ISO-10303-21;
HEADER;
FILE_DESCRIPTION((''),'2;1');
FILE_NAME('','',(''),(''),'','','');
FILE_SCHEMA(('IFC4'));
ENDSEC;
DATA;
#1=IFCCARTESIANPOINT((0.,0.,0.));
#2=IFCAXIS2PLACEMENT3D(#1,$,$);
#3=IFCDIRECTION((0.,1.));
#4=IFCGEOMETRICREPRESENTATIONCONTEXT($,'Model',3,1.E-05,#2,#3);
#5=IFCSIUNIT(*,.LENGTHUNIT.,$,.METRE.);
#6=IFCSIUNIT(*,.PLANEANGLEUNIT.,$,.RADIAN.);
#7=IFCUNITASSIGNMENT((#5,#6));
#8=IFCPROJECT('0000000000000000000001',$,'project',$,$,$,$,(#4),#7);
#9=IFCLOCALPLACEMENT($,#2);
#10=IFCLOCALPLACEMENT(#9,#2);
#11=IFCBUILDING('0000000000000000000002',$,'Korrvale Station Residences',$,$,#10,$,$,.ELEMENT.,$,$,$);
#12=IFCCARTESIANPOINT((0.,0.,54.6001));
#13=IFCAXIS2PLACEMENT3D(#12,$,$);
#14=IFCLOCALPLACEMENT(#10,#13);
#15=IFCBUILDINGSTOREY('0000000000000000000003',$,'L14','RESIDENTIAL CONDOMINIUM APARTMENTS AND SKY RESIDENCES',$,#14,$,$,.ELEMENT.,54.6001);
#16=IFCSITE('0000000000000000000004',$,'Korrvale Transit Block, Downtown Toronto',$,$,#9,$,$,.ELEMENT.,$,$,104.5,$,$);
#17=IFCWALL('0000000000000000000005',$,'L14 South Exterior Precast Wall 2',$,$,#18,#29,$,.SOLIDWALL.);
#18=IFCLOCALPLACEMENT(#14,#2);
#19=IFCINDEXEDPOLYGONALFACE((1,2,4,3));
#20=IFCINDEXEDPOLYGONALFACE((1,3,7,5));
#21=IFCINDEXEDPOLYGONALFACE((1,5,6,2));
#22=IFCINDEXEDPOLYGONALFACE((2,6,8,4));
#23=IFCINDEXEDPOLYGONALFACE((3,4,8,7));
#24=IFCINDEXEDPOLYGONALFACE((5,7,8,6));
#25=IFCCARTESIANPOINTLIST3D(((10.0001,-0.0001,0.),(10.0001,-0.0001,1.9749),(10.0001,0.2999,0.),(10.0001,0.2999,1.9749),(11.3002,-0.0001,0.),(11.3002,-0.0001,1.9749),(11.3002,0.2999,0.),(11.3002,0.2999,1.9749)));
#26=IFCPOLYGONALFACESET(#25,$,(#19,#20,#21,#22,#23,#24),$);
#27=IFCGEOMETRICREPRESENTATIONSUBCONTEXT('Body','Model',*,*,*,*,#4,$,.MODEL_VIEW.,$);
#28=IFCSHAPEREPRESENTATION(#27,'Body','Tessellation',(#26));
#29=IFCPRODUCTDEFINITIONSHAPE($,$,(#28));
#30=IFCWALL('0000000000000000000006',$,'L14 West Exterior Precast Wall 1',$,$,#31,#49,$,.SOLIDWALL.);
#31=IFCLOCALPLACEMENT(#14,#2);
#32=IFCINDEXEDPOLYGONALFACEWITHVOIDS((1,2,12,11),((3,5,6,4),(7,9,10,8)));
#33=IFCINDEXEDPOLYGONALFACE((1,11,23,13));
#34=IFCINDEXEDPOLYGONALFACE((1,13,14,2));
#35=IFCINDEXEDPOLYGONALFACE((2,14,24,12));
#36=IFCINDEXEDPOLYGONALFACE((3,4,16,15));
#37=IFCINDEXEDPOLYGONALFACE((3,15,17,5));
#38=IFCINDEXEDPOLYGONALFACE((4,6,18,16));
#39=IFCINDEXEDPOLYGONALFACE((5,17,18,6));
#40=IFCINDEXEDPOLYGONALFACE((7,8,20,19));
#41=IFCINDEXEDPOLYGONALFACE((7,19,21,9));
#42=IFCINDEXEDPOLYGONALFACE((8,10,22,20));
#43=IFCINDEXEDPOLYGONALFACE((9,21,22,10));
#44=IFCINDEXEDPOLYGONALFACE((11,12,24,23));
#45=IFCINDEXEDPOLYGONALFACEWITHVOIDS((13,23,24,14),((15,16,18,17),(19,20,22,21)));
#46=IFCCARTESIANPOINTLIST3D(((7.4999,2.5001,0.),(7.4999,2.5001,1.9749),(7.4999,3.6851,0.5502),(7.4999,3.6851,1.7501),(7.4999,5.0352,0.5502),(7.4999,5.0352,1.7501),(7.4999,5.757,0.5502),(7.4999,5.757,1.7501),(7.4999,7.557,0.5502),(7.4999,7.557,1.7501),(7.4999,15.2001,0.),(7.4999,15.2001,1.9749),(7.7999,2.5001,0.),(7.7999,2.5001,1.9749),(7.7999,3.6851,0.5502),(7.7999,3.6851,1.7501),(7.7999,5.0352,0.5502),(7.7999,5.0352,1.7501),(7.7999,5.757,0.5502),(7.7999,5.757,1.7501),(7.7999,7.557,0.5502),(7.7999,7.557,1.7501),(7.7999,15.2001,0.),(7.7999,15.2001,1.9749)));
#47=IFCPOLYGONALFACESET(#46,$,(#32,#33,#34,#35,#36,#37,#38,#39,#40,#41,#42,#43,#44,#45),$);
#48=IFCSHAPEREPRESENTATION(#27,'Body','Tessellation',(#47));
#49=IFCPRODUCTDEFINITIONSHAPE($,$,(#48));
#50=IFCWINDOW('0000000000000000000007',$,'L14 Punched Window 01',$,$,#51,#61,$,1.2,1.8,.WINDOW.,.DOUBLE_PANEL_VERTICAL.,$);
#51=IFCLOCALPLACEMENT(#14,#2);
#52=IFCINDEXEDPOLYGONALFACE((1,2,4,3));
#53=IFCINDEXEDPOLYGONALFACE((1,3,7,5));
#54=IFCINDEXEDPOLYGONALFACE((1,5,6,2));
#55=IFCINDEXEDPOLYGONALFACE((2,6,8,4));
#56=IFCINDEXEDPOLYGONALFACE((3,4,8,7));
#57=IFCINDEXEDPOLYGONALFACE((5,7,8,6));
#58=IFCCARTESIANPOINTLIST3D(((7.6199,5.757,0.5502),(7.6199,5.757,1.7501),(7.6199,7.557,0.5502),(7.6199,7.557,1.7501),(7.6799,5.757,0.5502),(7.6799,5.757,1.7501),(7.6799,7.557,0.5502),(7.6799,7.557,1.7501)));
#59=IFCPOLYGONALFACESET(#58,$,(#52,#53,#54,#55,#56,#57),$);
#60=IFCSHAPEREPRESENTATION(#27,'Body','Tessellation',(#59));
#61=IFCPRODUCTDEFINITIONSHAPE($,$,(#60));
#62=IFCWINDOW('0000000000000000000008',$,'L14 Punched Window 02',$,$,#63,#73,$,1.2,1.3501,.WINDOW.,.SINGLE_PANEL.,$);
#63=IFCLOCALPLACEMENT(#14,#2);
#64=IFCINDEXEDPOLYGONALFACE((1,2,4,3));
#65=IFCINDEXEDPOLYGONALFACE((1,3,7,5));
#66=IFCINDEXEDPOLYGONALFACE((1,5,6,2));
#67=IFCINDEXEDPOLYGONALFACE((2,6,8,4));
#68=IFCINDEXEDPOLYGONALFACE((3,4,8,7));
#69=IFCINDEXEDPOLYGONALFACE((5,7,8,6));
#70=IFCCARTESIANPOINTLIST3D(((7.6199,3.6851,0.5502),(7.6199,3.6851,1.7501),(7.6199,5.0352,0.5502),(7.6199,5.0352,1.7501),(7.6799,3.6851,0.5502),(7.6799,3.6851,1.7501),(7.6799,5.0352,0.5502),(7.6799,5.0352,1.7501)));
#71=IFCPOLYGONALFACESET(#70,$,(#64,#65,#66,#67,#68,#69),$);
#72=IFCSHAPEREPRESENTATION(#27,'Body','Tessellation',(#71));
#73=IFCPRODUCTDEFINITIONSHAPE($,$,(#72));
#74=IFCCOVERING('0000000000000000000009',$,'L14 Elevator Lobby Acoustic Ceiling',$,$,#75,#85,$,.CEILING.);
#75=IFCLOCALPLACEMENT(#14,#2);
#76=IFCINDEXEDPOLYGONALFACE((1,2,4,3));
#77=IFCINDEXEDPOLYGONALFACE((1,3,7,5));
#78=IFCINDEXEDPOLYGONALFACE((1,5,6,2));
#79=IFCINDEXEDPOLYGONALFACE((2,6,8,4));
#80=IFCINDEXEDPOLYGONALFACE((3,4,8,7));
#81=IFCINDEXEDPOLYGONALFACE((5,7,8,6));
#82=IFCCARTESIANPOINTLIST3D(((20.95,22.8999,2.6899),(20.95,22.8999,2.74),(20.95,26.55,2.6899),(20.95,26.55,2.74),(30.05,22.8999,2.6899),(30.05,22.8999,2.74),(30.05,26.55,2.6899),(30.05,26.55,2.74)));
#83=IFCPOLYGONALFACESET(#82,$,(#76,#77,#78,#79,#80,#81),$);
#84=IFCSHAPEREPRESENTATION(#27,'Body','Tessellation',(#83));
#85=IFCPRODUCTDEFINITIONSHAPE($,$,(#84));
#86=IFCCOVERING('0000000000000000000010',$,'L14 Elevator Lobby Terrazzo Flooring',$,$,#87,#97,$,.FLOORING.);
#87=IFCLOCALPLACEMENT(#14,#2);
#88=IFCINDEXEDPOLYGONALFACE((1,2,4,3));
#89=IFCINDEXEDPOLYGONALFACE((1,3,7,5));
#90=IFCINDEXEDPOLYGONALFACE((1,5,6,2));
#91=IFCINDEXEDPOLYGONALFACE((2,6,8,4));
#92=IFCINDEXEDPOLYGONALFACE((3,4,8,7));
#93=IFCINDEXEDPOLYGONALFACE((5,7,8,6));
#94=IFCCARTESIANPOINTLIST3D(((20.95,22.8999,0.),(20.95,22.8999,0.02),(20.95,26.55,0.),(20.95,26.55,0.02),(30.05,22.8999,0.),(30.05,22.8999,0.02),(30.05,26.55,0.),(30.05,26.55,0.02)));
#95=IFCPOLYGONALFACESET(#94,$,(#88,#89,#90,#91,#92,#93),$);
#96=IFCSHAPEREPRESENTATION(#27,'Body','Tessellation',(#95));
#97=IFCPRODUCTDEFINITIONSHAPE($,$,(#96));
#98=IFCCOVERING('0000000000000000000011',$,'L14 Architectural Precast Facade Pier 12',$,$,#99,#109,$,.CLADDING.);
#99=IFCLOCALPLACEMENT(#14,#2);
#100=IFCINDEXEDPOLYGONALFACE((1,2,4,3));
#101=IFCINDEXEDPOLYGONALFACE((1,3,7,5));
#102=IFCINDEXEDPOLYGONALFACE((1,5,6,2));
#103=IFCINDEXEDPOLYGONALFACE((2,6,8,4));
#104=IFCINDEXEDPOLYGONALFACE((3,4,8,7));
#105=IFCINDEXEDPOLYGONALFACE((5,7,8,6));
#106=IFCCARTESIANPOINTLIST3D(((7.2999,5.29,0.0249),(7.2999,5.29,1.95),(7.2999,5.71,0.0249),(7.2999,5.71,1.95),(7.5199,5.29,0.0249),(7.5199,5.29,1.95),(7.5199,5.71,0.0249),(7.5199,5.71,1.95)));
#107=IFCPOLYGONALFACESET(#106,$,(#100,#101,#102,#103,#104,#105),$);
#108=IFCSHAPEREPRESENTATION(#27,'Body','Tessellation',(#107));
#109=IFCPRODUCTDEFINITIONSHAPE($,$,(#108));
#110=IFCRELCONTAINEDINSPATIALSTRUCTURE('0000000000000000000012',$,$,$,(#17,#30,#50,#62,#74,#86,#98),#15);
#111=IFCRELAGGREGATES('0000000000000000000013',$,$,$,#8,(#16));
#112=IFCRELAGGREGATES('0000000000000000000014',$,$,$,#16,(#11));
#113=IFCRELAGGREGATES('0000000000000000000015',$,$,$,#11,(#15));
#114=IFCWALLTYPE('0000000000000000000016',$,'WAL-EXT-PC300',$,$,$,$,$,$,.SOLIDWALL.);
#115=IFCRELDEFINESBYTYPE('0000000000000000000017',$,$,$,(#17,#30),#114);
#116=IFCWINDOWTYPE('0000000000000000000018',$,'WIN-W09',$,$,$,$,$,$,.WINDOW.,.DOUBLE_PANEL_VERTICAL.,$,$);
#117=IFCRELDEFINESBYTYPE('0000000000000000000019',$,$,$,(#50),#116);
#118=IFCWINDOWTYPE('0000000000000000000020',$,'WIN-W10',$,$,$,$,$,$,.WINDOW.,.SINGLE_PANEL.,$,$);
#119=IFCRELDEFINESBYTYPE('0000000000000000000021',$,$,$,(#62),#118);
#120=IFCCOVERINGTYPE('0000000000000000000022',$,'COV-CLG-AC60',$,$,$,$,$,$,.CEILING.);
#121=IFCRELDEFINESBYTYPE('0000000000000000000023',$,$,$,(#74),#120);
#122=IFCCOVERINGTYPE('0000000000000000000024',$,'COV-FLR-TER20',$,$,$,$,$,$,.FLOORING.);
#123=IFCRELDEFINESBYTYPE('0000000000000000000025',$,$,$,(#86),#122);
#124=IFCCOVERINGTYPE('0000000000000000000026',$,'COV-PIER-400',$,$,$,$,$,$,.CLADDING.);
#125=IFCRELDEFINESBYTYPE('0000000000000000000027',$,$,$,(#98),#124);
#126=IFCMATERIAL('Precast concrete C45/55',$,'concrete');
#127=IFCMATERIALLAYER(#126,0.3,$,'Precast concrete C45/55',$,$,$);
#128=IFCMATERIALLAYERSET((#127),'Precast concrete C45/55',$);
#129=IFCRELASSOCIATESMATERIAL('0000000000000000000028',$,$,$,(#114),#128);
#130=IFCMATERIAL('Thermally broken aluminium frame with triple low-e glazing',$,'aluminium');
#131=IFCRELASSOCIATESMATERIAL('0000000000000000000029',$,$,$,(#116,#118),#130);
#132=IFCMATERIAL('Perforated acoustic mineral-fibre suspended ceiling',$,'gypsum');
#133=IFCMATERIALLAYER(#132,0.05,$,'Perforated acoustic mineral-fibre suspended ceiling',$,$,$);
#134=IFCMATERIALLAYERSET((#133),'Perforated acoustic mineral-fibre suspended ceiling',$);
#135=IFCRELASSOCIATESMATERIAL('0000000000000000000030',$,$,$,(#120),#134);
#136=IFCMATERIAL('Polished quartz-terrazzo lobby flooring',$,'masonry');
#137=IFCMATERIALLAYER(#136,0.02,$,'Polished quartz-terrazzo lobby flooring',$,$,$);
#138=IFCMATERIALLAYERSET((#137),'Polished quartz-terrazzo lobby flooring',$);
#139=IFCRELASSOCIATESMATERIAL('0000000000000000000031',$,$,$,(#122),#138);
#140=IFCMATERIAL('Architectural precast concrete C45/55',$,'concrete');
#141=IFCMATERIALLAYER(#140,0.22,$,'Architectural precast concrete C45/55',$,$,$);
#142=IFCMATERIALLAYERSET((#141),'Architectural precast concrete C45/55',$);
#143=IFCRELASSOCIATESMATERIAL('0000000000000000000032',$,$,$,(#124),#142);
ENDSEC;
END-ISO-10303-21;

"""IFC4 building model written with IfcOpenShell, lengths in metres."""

from ifc_helpers import new_model, si_unit, direction, frame, frame_2d, origin, origin_2d, place, context, subcontext, project, spatial, polyline, rectangle, outline, extrude, material, layer, layer_set, type_object, element, fill, save


model = new_model("IFC4")

# Units and contexts
model_context = context("Model", 3, precision=1e-05, world=origin(), true_north=direction((0.0, 1.0)))
body_context = subcontext(model_context, "Body", "Model", "MODEL_VIEW")
ifc_project = project(units=[si_unit("LENGTHUNIT", "METRE"), si_unit("PLANEANGLEUNIT", "RADIAN")], contexts=[model_context])

# Site, building, storey
site_placement = place(None, origin())
site = spatial("IfcSite", under=ifc_project, at=site_placement, Name="Korrvale Transit Block, Downtown Toronto", CompositionType="ELEMENT", RefElevation=104.5)
building_placement = place(site_placement, origin())
building = spatial("IfcBuilding", under=site, at=building_placement, Name="Korrvale Station Residences", CompositionType="ELEMENT")
storey_placement = place(building_placement, frame((0.0, 0.0, 54.6001)))
storey = spatial("IfcBuildingStorey", under=building, at=storey_placement, Name="L14", Description="RESIDENTIAL CONDOMINIUM APARTMENTS AND SKY RESIDENCES", CompositionType="ELEMENT", Elevation=54.6001)

# Wall
ifc_material_1 = material(Name="Precast concrete C45/55", Category="concrete")
ifc_layer_1 = layer(ifc_material_1, 0.3, Name="Precast concrete C45/55")
ifc_layer_set_1 = layer_set([ifc_layer_1], Name="Precast concrete C45/55")
wall_type_1 = type_object("IfcWallType", Name="WAL-EXT-PC300", PredefinedType="SOLIDWALL", material=ifc_layer_set_1)
wall_1_placement = place(storey_placement, frame((11.3, 0.1499, 0.0), z_axis=(0.0, 0.0, 1.0), x_axis=(-1.0, 0.0, 0.0)))
element("IfcWall", 1, at=wall_1_placement, inside=storey, type_object=wall_type_1, Name="L14 South Exterior Precast Wall 2", PredefinedType="SOLIDWALL", context=body_context, shape_type="SweptSolid", body=[
    extrude(rectangle(XDim=1.3, YDim=0.3, at=frame_2d((0.6499, 0.0))), origin(), (0.0, 0.0, 1.0), 1.9749),
])

# Wall, openings, windows
wall_2_placement = place(storey_placement, frame((7.6499, 2.5, 0.0), z_axis=(0.0, 0.0, 1.0), x_axis=(0.0, 1.0, 0.0)))
wall_2 = element("IfcWall", 2, at=wall_2_placement, inside=storey, type_object=wall_type_1, Name="L14 West Exterior Precast Wall 1", PredefinedType="SOLIDWALL", context=body_context, shape_type="SweptSolid", body=[
    extrude(rectangle(XDim=12.7, YDim=0.3, at=frame_2d((6.3501, 0.0))), origin(), (0.0, 0.0, 1.0), 1.9749),
])
opening_1_placement = place(wall_2_placement, frame((3.2571, 0.0, 0.55)))
opening_1 = element("IfcOpeningElement", 3, at=opening_1_placement, cuts=wall_2, PredefinedType="OPENING", context=body_context, shape_type="SweptSolid", body=[
    extrude(rectangle(XDim=1.8, YDim=1.2, at=frame_2d((0.8999, 0.6001))), frame((0.0, 0.1602, 0.0), z_axis=(0.0, -1.0, 0.0), x_axis=(1.0, 0.0, 0.0)), (0.0, 0.0, 1.0), 0.3201),
])
opening_2_placement = place(wall_2_placement, frame((1.1851, 0.0, 0.55)))
opening_2 = element("IfcOpeningElement", 4, at=opening_2_placement, cuts=wall_2, PredefinedType="OPENING", context=body_context, shape_type="SweptSolid", body=[
    extrude(rectangle(XDim=1.3501, YDim=1.2, at=frame_2d((0.675, 0.6001))), frame((0.0, 0.1602, 0.0), z_axis=(0.0, -1.0, 0.0), x_axis=(1.0, 0.0, 0.0)), (0.0, 0.0, 1.0), 0.3201),
])
ifc_material_2 = material(Name="Thermally broken aluminium frame with triple low-e glazing", Category="aluminium")
window_type_1 = type_object("IfcWindowType", Name="WIN-W09", PartitioningType="DOUBLE_PANEL_VERTICAL", PredefinedType="WINDOW", material=ifc_material_2)
window_1_placement = place(opening_1_placement, origin())
window_1 = element("IfcWindow", 5, at=window_1_placement, inside=storey, type_object=window_type_1, Name="L14 Punched Window 01", OverallHeight=1.2, OverallWidth=1.8, PartitioningType="DOUBLE_PANEL_VERTICAL", PredefinedType="WINDOW", context=body_context, shape_type="SweptSolid", body=[
    extrude(rectangle(XDim=1.8, YDim=1.2, at=frame_2d((0.8999, 0.6001))), frame((0.0, 0.03, 0.0), z_axis=(0.0, -1.0, 0.0), x_axis=(1.0, 0.0, 0.0)), (0.0, 0.0, 1.0), 0.0601),
])
fill(opening_1, window_1)
window_type_2 = type_object("IfcWindowType", Name="WIN-W10", PartitioningType="SINGLE_PANEL", PredefinedType="WINDOW", material=ifc_material_2)
window_2_placement = place(opening_2_placement, origin())
window_2 = element("IfcWindow", 6, at=window_2_placement, inside=storey, type_object=window_type_2, Name="L14 Punched Window 02", OverallHeight=1.2, OverallWidth=1.3501, PartitioningType="SINGLE_PANEL", PredefinedType="WINDOW", context=body_context, shape_type="SweptSolid", body=[
    extrude(rectangle(XDim=1.3501, YDim=1.2, at=frame_2d((0.675, 0.6001))), frame((0.0, 0.03, 0.0), z_axis=(0.0, -1.0, 0.0), x_axis=(1.0, 0.0, 0.0)), (0.0, 0.0, 1.0), 0.0601),
])
fill(opening_2, window_2)

# Coverings
ifc_material_3 = material(Name="Perforated acoustic mineral-fibre suspended ceiling", Category="gypsum")
ifc_layer_2 = layer(ifc_material_3, 0.05, Name="Perforated acoustic mineral-fibre suspended ceiling")
ifc_layer_set_2 = layer_set([ifc_layer_2], Name="Perforated acoustic mineral-fibre suspended ceiling")
covering_type_1 = type_object("IfcCoveringType", Name="COV-CLG-AC60", PredefinedType="CEILING", material=ifc_layer_set_2)
covering_1_placement = place(storey_placement, frame((0.0, 0.0, 2.6899)))
element("IfcCovering", 7, at=covering_1_placement, inside=storey, type_object=covering_type_1, Name="L14 Elevator Lobby Acoustic Ceiling", PredefinedType="CEILING", context=body_context, shape_type="SweptSolid", body=[
    extrude(outline(polyline([(20.95, 22.8999), (30.05, 22.8999), (30.05, 26.55), (20.95, 26.55), (20.95, 22.8999)])), origin(), (0.0, 0.0, 1.0), 0.05),
])
ifc_material_4 = material(Name="Polished quartz-terrazzo lobby flooring", Category="masonry")
ifc_layer_3 = layer(ifc_material_4, 0.02, Name="Polished quartz-terrazzo lobby flooring")
ifc_layer_set_3 = layer_set([ifc_layer_3], Name="Polished quartz-terrazzo lobby flooring")
covering_type_2 = type_object("IfcCoveringType", Name="COV-FLR-TER20", PredefinedType="FLOORING", material=ifc_layer_set_3)
covering_2_placement = place(storey_placement, origin())
element("IfcCovering", 8, at=covering_2_placement, inside=storey, type_object=covering_type_2, Name="L14 Elevator Lobby Terrazzo Flooring", PredefinedType="FLOORING", context=body_context, shape_type="SweptSolid", body=[
    extrude(outline(polyline([(20.95, 22.8999), (30.05, 22.8999), (30.05, 26.55), (20.95, 26.55), (20.95, 22.8999)])), origin(), (0.0, 0.0, 1.0), 0.02),
])
ifc_material_5 = material(Name="Architectural precast concrete C45/55", Category="concrete")
ifc_layer_4 = layer(ifc_material_5, 0.22, Name="Architectural precast concrete C45/55")
ifc_layer_set_4 = layer_set([ifc_layer_4], Name="Architectural precast concrete C45/55")
covering_type_3 = type_object("IfcCoveringType", Name="COV-PIER-400", PredefinedType="CLADDING", material=ifc_layer_set_4)
covering_3_placement = place(storey_placement, frame((7.4099, 5.5, 0.0249), z_axis=(0.0, 0.0, 1.0), x_axis=(0.0, 1.0, 0.0)))
element("IfcCovering", 9, at=covering_3_placement, inside=storey, type_object=covering_type_3, Name="L14 Architectural Precast Facade Pier 12", PredefinedType="CLADDING", context=body_context, shape_type="SweptSolid", body=[
    extrude(rectangle(XDim=0.4199, YDim=0.22, at=origin_2d()), origin(), (0.0, 0.0, 1.0), 1.925),
])

save(model, "model.ifc")
